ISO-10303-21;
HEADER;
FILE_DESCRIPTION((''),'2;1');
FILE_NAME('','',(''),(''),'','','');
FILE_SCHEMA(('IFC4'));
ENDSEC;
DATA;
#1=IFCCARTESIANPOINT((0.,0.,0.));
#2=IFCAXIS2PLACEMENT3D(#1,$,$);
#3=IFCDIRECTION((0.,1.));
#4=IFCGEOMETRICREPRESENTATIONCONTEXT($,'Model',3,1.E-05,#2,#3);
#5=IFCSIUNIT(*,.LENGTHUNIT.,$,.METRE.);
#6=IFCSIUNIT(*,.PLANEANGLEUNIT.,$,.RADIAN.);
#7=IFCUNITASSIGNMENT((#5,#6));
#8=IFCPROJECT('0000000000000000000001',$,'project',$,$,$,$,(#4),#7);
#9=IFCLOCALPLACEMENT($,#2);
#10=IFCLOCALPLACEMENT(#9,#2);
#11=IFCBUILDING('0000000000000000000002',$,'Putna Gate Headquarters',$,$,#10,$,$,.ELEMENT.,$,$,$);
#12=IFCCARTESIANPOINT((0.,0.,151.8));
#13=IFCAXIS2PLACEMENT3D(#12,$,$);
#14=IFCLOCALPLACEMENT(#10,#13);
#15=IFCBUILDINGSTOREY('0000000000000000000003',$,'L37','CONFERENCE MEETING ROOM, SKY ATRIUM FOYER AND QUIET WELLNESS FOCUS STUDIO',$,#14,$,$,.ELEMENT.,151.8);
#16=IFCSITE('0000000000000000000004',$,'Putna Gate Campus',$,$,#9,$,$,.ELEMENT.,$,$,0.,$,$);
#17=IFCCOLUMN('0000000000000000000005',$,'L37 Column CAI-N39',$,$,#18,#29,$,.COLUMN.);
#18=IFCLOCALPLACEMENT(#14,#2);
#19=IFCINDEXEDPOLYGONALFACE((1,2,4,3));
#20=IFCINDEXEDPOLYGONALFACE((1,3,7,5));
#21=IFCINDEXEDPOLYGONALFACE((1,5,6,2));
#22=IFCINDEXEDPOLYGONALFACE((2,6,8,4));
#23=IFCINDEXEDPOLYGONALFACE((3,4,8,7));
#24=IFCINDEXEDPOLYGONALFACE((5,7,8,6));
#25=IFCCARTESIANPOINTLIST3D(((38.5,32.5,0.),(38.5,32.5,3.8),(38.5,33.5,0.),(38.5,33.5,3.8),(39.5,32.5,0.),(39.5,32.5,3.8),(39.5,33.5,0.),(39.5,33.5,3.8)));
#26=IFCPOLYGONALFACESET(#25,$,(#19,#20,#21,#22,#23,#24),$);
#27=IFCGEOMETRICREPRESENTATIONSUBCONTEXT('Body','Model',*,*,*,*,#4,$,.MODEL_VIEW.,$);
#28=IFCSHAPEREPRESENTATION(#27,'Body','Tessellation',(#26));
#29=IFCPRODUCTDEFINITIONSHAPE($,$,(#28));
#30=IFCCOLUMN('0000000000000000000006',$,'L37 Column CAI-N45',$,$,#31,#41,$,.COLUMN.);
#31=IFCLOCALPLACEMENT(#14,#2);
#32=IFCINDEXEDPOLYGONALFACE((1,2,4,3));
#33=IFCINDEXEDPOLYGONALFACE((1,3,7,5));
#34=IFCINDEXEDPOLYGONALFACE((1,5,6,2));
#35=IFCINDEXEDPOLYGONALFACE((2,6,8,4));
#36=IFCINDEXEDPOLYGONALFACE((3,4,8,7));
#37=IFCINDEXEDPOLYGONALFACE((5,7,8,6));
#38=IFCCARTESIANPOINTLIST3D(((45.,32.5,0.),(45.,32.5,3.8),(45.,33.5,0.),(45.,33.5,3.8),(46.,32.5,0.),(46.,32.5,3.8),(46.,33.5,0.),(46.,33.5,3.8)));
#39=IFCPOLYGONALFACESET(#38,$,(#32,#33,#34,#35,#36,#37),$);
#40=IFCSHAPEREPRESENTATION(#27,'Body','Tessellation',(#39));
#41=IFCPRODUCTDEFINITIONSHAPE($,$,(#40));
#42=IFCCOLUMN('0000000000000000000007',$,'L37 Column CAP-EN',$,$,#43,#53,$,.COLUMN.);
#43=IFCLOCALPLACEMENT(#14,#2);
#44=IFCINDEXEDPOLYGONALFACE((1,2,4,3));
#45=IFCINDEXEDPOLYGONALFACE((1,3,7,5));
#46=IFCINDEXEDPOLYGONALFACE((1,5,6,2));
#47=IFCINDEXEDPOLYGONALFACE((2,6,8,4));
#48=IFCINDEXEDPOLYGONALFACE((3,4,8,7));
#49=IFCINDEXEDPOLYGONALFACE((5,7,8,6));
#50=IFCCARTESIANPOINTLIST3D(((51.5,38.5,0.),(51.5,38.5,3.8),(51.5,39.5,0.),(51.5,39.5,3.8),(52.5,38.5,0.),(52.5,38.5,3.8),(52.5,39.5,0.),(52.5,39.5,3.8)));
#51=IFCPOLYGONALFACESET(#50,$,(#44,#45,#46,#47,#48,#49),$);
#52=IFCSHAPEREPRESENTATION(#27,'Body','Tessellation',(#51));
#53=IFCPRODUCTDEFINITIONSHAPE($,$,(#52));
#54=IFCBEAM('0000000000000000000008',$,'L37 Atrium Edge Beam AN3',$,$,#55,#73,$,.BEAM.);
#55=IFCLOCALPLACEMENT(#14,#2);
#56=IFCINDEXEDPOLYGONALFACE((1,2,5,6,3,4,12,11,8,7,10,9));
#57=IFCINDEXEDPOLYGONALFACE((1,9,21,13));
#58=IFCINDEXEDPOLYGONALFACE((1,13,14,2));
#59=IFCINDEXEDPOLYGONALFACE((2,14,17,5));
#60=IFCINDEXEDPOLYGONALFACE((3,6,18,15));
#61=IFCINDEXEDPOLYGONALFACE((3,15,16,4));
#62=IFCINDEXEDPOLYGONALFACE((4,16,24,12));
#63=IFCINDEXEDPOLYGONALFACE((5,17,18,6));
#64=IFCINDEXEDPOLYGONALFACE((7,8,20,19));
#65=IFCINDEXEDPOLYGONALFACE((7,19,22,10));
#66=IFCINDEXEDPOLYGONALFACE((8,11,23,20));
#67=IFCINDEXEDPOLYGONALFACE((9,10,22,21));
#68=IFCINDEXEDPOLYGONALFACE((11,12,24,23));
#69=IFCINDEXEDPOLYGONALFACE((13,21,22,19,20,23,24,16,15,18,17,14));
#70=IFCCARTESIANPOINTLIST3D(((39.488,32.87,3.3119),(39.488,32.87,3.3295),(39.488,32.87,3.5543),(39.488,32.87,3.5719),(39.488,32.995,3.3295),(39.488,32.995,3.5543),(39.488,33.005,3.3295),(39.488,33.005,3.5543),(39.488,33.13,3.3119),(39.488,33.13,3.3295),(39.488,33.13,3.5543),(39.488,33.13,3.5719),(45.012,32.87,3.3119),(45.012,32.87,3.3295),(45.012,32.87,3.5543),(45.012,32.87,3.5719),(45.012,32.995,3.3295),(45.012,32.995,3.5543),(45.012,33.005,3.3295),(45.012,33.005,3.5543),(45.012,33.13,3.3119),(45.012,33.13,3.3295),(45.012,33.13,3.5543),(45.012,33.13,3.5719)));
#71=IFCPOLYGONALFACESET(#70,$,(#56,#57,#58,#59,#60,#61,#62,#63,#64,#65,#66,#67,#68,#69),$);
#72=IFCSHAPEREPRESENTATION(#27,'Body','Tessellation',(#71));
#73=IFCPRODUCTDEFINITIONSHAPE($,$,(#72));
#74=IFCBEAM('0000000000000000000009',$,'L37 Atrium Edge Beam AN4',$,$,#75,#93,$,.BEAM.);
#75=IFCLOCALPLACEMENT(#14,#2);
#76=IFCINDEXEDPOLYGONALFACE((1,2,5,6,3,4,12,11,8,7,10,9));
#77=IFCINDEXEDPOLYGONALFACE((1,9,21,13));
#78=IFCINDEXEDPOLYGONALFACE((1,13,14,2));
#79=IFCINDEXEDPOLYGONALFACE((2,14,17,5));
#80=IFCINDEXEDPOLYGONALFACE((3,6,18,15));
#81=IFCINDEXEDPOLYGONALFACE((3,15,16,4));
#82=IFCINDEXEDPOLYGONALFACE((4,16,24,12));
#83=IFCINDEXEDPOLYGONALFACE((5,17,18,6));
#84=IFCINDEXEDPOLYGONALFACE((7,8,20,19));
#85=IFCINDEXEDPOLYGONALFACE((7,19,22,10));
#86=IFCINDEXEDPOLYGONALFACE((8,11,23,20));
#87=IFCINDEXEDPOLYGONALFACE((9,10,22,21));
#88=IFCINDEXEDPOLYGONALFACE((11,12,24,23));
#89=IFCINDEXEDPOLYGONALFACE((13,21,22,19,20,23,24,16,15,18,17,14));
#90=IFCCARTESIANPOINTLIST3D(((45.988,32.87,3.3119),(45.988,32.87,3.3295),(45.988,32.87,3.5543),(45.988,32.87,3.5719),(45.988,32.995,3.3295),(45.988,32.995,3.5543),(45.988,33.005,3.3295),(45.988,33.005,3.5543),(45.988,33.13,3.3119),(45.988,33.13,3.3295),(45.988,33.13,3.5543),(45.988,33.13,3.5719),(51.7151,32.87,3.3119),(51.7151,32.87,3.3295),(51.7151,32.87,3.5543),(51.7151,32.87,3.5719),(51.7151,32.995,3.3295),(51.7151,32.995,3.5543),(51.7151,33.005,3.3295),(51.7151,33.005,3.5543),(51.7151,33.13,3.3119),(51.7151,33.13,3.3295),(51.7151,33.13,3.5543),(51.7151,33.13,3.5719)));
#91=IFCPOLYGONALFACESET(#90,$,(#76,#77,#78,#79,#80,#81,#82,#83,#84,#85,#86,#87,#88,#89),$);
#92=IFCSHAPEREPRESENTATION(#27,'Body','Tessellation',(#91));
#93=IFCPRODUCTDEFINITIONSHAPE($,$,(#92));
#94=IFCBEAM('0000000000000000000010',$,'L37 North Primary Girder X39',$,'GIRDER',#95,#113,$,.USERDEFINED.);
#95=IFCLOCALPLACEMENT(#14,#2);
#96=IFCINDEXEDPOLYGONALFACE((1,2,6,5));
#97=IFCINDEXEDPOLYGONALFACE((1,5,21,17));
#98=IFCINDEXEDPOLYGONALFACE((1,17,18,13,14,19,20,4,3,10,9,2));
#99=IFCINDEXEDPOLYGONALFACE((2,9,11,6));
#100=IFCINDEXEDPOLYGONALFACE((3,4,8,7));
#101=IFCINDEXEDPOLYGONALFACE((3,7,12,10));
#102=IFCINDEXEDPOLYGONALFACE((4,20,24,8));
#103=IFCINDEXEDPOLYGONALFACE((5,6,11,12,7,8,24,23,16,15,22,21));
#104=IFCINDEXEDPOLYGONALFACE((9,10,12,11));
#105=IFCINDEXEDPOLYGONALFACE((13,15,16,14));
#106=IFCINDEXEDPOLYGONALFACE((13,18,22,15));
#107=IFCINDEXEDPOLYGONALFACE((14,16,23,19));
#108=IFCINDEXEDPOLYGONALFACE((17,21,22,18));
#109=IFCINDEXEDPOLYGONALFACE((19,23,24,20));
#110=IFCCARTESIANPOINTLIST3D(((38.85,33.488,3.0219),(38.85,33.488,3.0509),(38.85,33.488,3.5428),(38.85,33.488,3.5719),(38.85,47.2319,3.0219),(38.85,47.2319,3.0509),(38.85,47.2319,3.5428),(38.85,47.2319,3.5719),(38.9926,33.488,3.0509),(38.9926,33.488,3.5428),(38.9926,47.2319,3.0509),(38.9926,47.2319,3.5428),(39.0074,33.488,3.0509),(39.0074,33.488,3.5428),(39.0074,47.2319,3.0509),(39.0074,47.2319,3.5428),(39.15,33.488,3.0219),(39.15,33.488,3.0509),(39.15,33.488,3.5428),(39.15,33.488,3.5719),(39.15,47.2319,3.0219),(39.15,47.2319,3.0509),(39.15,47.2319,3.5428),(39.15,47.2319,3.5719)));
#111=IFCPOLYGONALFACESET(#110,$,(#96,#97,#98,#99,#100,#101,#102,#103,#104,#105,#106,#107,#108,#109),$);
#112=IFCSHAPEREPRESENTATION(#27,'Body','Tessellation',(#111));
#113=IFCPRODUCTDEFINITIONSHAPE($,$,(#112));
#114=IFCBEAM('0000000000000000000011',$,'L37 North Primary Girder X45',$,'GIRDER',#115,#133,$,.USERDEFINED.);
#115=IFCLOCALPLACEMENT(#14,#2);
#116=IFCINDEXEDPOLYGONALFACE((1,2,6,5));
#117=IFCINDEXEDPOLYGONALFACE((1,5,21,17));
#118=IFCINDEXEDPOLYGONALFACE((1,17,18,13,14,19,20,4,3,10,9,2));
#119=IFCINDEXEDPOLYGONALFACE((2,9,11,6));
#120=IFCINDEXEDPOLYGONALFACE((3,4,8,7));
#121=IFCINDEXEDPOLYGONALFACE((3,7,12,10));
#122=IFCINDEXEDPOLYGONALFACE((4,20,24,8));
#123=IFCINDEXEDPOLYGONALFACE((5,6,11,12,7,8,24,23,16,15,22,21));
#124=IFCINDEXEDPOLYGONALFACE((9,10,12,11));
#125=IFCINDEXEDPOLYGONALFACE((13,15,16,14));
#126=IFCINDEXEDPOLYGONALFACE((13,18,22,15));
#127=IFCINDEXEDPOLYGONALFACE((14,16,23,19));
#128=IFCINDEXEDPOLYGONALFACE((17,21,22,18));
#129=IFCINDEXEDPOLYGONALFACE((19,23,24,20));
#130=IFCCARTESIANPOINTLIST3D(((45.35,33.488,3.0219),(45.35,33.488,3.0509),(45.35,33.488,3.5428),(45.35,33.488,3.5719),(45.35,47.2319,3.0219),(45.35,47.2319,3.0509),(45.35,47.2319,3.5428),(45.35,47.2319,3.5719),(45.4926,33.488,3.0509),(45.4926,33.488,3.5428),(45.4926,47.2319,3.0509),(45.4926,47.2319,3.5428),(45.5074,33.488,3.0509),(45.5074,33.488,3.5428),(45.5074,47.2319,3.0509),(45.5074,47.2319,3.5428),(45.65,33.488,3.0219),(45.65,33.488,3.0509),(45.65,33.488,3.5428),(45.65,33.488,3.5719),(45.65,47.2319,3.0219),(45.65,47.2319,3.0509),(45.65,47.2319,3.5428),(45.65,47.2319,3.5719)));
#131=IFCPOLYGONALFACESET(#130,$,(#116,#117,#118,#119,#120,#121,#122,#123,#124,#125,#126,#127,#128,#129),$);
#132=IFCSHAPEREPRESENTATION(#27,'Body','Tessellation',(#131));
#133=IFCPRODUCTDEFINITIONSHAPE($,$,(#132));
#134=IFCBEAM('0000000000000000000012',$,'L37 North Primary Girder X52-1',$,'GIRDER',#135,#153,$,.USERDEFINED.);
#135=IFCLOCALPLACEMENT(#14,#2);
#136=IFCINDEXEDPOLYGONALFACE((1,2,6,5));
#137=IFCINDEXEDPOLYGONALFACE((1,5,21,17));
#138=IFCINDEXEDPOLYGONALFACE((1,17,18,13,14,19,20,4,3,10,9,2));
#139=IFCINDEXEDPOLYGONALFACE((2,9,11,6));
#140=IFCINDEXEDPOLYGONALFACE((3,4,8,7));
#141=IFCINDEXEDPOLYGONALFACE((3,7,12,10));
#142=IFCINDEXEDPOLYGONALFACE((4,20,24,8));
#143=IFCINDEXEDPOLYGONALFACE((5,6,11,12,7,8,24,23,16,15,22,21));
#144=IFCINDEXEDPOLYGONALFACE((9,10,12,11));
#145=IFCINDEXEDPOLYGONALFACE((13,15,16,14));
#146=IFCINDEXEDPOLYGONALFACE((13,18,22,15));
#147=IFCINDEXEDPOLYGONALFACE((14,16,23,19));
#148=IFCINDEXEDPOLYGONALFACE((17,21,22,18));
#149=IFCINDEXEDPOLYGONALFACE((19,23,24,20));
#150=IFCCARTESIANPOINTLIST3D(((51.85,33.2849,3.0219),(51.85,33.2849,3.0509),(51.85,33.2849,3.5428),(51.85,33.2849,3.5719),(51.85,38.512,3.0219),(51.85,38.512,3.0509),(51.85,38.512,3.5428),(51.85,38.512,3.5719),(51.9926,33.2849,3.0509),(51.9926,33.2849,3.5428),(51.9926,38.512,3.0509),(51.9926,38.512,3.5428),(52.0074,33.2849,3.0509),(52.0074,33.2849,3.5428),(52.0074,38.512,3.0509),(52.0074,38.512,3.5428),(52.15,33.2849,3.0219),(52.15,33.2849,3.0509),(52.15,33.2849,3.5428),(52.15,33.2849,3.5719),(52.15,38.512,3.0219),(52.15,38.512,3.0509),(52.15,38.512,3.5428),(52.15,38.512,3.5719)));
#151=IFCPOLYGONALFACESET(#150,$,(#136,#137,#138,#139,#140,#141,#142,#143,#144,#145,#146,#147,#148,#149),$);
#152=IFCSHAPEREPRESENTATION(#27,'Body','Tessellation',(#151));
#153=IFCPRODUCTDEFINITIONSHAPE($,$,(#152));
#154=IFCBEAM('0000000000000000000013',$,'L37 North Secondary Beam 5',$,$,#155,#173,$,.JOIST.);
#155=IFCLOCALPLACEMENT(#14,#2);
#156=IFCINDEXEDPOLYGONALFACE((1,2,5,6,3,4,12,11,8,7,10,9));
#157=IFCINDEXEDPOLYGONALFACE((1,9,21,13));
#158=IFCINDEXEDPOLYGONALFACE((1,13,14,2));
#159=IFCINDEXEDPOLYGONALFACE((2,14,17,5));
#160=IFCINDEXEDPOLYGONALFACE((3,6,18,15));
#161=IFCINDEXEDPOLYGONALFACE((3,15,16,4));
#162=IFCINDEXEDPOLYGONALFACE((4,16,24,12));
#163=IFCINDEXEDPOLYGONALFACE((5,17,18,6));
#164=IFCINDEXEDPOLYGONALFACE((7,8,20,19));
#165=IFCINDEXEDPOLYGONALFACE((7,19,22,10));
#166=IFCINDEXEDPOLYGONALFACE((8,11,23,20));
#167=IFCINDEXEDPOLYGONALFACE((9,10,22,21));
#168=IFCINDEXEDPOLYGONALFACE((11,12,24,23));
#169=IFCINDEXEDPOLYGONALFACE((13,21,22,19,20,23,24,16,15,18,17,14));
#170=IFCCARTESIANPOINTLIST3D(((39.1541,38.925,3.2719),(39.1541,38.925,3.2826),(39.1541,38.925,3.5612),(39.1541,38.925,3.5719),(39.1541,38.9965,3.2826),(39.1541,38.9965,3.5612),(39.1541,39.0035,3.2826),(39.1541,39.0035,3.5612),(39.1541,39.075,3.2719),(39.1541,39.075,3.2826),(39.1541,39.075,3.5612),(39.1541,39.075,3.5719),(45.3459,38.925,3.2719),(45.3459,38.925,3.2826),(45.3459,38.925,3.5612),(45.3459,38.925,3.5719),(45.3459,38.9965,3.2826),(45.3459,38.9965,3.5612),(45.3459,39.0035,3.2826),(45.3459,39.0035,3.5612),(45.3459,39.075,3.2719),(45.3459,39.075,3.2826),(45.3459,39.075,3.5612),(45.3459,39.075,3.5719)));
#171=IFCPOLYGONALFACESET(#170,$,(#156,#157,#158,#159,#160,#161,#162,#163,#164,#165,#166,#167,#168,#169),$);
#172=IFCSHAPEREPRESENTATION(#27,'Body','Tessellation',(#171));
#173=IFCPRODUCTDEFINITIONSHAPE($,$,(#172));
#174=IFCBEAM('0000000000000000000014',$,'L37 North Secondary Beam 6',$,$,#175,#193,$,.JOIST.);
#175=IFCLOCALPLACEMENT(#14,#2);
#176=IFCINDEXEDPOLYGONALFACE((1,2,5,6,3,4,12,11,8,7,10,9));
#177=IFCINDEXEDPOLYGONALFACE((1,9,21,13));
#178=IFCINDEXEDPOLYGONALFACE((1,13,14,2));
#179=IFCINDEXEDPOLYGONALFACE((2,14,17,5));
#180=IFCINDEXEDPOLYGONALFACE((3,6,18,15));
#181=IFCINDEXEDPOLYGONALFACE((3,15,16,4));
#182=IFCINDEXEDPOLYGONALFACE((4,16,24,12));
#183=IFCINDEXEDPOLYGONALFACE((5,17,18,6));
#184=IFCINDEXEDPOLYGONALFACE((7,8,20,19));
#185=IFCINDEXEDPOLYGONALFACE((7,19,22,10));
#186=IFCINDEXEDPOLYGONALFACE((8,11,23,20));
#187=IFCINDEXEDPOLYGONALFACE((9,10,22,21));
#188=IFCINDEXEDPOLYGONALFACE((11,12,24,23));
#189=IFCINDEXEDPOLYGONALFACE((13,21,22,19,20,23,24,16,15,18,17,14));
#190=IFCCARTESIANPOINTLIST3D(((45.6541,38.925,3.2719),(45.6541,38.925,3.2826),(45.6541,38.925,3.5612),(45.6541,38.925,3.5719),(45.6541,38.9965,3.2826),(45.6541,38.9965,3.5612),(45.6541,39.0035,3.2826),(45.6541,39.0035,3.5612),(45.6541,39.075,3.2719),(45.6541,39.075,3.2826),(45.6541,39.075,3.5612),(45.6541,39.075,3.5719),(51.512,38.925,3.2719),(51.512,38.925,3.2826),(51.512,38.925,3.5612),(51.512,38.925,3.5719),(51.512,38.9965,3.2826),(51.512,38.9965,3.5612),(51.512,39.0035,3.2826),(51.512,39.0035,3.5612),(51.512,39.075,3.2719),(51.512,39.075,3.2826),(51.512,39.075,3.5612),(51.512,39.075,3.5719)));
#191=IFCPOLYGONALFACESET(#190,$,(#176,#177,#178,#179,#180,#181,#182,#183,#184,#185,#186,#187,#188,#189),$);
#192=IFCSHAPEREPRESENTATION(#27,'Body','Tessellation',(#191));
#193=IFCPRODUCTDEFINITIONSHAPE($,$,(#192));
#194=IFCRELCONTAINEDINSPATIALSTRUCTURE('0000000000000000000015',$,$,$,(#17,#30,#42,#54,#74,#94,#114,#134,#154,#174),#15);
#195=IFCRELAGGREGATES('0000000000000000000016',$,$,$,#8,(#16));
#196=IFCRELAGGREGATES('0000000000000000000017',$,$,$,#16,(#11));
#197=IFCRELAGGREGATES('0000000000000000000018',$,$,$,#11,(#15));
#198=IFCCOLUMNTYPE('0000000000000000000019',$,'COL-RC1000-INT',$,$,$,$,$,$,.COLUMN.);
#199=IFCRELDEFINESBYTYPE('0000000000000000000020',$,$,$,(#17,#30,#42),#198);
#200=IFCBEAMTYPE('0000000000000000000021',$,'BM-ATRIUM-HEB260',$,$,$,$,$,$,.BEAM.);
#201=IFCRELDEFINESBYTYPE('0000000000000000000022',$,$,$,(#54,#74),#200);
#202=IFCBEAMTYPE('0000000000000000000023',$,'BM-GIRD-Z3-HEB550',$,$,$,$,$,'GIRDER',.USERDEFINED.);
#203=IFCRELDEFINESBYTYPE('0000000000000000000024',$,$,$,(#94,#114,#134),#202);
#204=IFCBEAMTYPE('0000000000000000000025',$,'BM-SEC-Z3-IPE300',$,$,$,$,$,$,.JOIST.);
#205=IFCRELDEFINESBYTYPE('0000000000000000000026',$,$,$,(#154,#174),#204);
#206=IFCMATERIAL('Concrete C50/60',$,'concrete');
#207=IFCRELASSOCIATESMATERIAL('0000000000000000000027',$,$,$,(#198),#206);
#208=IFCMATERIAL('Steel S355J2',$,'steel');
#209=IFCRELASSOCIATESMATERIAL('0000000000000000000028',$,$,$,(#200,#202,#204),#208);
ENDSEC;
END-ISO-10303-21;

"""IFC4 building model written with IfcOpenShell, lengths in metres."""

from ifc_helpers import new_model, si_unit, direction, frame, origin, origin_2d, place, context, subcontext, project, spatial, rectangle, i_section, extrude, material, material_profile, profile_set, type_object, element, save


model = new_model("IFC4")

# Units and contexts
model_context = context("Model", 3, precision=1e-05, world=origin(), true_north=direction((0.0, 1.0)))
body_context = subcontext(model_context, "Body", "Model", "MODEL_VIEW")
ifc_project = project(units=[si_unit("LENGTHUNIT", "METRE"), si_unit("PLANEANGLEUNIT", "RADIAN")], contexts=[model_context])

# Site, building, storey
site_placement = place(None, origin())
site = spatial("IfcSite", under=ifc_project, at=site_placement, Name="Putna Gate Campus", CompositionType="ELEMENT", RefElevation=0.0)
building_placement = place(site_placement, origin())
building = spatial("IfcBuilding", under=site, at=building_placement, Name="Putna Gate Headquarters", CompositionType="ELEMENT")
storey_placement = place(building_placement, frame((0.0, 0.0, 151.8)))
storey = spatial("IfcBuildingStorey", under=building, at=storey_placement, Name="L37", Description="CONFERENCE MEETING ROOM, SKY ATRIUM FOYER AND QUIET WELLNESS FOCUS STUDIO", CompositionType="ELEMENT", Elevation=151.8)

# Columns
ifc_material_1 = material(Name="Concrete C50/60", Category="concrete")
ifc_material_profile_1 = material_profile(ifc_material_1, rectangle(XDim=1.0, YDim=1.0, at=origin_2d()), Name="Concrete C50/60")
ifc_profile_set_1 = profile_set([ifc_material_profile_1], Name="Concrete C50/60")
column_type = type_object("IfcColumnType", Name="COL-RC1000-INT", PredefinedType="COLUMN", material=ifc_profile_set_1)
for number, where, z_axis, x_axis, name in (
    (1, (39.0, 33.0, 0.0), (0.0, 0.0, 1.0), (1.0, 0.0, 0.0), "L37 Column CAI-N39"),
    (2, (45.5, 33.0, 0.0), (0.0, 0.0, 1.0), (1.0, 0.0, 0.0), "L37 Column CAI-N45"),
    (3, (52.0, 39.0, 0.0), (0.0, 0.0, 1.0), (1.0, 0.0, 0.0), "L37 Column CAP-EN"),
):
    element("IfcColumn", number, at=place(storey_placement, frame(where, z_axis=z_axis, x_axis=x_axis)), inside=storey, type_object=column_type, Name=name, PredefinedType="COLUMN", context=body_context, shape_type="SweptSolid", body=[
        extrude(rectangle(XDim=1.0, YDim=1.0, at=origin_2d()), origin(), (0.0, 0.0, 1.0), 3.8),
    ])

# Beams
ifc_material_2 = material(Name="Steel S355J2", Category="steel")
ifc_material_profile_2 = material_profile(ifc_material_2, i_section(OverallWidth=0.26, OverallDepth=0.26, WebThickness=0.01, FlangeThickness=0.0176, at=origin_2d()), Name="Steel S355J2")
ifc_profile_set_2 = profile_set([ifc_material_profile_2], Name="Steel S355J2")
beam_type_1 = type_object("IfcBeamType", Name="BM-ATRIUM-HEB260", PredefinedType="BEAM", material=ifc_profile_set_2)
beam_1_placement = place(storey_placement, frame((39.488, 33.0, 3.4419), z_axis=(1.0, 0.0, 0.0), x_axis=(0.0, 1.0, 0.0)))
element("IfcBeam", 4, at=beam_1_placement, inside=storey, type_object=beam_type_1, Name="L37 Atrium Edge Beam AN3", PredefinedType="BEAM", context=body_context, shape_type="SweptSolid", body=[
    extrude(i_section(OverallWidth=0.26, OverallDepth=0.26, WebThickness=0.01, FlangeThickness=0.0176, at=origin_2d()), origin(), (0.0, 0.0, 1.0), 5.5239),
])
beam_2_placement = place(storey_placement, frame((45.988, 33.0, 3.4419), z_axis=(1.0, 0.0, 0.0), x_axis=(0.0, 1.0, 0.0)))
element("IfcBeam", 5, at=beam_2_placement, inside=storey, type_object=beam_type_1, Name="L37 Atrium Edge Beam AN4", PredefinedType="BEAM", context=body_context, shape_type="SweptSolid", body=[
    extrude(i_section(OverallWidth=0.26, OverallDepth=0.26, WebThickness=0.01, FlangeThickness=0.0176, at=origin_2d()), origin(), (0.0, 0.0, 1.0), 5.7271),
])
ifc_material_profile_3 = material_profile(ifc_material_2, i_section(OverallWidth=0.3, OverallDepth=0.55, WebThickness=0.0149, FlangeThickness=0.0291, at=origin_2d()), Name="Steel S355J2")
ifc_profile_set_3 = profile_set([ifc_material_profile_3], Name="Steel S355J2")
beam_type_2 = type_object("IfcBeamType", Name="BM-GIRD-Z3-HEB550", ElementType="GIRDER", PredefinedType="USERDEFINED", material=ifc_profile_set_3)
for number, where, z_axis, x_axis, name in (
    (6, (39.0, 33.488, 3.2969), (0.0, 1.0, 0.0), (-1.0, 0.0, 0.0), "L37 North Primary Girder X39"),
    (7, (45.5, 33.488, 3.2969), (0.0, 1.0, 0.0), (-1.0, 0.0, 0.0), "L37 North Primary Girder X45"),
):
    element("IfcBeam", number, at=place(storey_placement, frame(where, z_axis=z_axis, x_axis=x_axis)), inside=storey, type_object=beam_type_2, Name=name, ObjectType="GIRDER", PredefinedType="USERDEFINED", context=body_context, shape_type="SweptSolid", body=[
        extrude(i_section(OverallWidth=0.3, OverallDepth=0.55, WebThickness=0.0149, FlangeThickness=0.0291, at=origin_2d()), origin(), (0.0, 0.0, 1.0), 13.7439),
    ])
beam_3_placement = place(storey_placement, frame((52.0, 33.2849, 3.2969), z_axis=(0.0, 1.0, 0.0), x_axis=(-1.0, 0.0, 0.0)))
element("IfcBeam", 8, at=beam_3_placement, inside=storey, type_object=beam_type_2, Name="L37 North Primary Girder X52-1", ObjectType="GIRDER", PredefinedType="USERDEFINED", context=body_context, shape_type="SweptSolid", body=[
    extrude(i_section(OverallWidth=0.3, OverallDepth=0.55, WebThickness=0.0149, FlangeThickness=0.0291, at=origin_2d()), origin(), (0.0, 0.0, 1.0), 5.2271),
])
ifc_material_profile_4 = material_profile(ifc_material_2, i_section(OverallWidth=0.1499, OverallDepth=0.3, WebThickness=0.0071, FlangeThickness=0.0107, at=origin_2d()), Name="Steel S355J2")
ifc_profile_set_4 = profile_set([ifc_material_profile_4], Name="Steel S355J2")
beam_type_3 = type_object("IfcBeamType", Name="BM-SEC-Z3-IPE300", PredefinedType="JOIST", material=ifc_profile_set_4)
beam_4_placement = place(storey_placement, frame((39.1541, 39.0, 3.4219), z_axis=(1.0, 0.0, 0.0), x_axis=(0.0, 1.0, 0.0)))
element("IfcBeam", 9, at=beam_4_placement, inside=storey, type_object=beam_type_3, Name="L37 North Secondary Beam 5", PredefinedType="JOIST", context=body_context, shape_type="SweptSolid", body=[
    extrude(i_section(OverallWidth=0.1499, OverallDepth=0.3, WebThickness=0.0071, FlangeThickness=0.0107, at=origin_2d()), origin(), (0.0, 0.0, 1.0), 6.1919),
])
beam_5_placement = place(storey_placement, frame((45.6541, 39.0, 3.4219), z_axis=(1.0, 0.0, 0.0), x_axis=(0.0, 1.0, 0.0)))
element("IfcBeam", 10, at=beam_5_placement, inside=storey, type_object=beam_type_3, Name="L37 North Secondary Beam 6", PredefinedType="JOIST", context=body_context, shape_type="SweptSolid", body=[
    extrude(i_section(OverallWidth=0.1499, OverallDepth=0.3, WebThickness=0.0071, FlangeThickness=0.0107, at=origin_2d()), origin(), (0.0, 0.0, 1.0), 5.8579),
])

save(model, "model.ifc")
